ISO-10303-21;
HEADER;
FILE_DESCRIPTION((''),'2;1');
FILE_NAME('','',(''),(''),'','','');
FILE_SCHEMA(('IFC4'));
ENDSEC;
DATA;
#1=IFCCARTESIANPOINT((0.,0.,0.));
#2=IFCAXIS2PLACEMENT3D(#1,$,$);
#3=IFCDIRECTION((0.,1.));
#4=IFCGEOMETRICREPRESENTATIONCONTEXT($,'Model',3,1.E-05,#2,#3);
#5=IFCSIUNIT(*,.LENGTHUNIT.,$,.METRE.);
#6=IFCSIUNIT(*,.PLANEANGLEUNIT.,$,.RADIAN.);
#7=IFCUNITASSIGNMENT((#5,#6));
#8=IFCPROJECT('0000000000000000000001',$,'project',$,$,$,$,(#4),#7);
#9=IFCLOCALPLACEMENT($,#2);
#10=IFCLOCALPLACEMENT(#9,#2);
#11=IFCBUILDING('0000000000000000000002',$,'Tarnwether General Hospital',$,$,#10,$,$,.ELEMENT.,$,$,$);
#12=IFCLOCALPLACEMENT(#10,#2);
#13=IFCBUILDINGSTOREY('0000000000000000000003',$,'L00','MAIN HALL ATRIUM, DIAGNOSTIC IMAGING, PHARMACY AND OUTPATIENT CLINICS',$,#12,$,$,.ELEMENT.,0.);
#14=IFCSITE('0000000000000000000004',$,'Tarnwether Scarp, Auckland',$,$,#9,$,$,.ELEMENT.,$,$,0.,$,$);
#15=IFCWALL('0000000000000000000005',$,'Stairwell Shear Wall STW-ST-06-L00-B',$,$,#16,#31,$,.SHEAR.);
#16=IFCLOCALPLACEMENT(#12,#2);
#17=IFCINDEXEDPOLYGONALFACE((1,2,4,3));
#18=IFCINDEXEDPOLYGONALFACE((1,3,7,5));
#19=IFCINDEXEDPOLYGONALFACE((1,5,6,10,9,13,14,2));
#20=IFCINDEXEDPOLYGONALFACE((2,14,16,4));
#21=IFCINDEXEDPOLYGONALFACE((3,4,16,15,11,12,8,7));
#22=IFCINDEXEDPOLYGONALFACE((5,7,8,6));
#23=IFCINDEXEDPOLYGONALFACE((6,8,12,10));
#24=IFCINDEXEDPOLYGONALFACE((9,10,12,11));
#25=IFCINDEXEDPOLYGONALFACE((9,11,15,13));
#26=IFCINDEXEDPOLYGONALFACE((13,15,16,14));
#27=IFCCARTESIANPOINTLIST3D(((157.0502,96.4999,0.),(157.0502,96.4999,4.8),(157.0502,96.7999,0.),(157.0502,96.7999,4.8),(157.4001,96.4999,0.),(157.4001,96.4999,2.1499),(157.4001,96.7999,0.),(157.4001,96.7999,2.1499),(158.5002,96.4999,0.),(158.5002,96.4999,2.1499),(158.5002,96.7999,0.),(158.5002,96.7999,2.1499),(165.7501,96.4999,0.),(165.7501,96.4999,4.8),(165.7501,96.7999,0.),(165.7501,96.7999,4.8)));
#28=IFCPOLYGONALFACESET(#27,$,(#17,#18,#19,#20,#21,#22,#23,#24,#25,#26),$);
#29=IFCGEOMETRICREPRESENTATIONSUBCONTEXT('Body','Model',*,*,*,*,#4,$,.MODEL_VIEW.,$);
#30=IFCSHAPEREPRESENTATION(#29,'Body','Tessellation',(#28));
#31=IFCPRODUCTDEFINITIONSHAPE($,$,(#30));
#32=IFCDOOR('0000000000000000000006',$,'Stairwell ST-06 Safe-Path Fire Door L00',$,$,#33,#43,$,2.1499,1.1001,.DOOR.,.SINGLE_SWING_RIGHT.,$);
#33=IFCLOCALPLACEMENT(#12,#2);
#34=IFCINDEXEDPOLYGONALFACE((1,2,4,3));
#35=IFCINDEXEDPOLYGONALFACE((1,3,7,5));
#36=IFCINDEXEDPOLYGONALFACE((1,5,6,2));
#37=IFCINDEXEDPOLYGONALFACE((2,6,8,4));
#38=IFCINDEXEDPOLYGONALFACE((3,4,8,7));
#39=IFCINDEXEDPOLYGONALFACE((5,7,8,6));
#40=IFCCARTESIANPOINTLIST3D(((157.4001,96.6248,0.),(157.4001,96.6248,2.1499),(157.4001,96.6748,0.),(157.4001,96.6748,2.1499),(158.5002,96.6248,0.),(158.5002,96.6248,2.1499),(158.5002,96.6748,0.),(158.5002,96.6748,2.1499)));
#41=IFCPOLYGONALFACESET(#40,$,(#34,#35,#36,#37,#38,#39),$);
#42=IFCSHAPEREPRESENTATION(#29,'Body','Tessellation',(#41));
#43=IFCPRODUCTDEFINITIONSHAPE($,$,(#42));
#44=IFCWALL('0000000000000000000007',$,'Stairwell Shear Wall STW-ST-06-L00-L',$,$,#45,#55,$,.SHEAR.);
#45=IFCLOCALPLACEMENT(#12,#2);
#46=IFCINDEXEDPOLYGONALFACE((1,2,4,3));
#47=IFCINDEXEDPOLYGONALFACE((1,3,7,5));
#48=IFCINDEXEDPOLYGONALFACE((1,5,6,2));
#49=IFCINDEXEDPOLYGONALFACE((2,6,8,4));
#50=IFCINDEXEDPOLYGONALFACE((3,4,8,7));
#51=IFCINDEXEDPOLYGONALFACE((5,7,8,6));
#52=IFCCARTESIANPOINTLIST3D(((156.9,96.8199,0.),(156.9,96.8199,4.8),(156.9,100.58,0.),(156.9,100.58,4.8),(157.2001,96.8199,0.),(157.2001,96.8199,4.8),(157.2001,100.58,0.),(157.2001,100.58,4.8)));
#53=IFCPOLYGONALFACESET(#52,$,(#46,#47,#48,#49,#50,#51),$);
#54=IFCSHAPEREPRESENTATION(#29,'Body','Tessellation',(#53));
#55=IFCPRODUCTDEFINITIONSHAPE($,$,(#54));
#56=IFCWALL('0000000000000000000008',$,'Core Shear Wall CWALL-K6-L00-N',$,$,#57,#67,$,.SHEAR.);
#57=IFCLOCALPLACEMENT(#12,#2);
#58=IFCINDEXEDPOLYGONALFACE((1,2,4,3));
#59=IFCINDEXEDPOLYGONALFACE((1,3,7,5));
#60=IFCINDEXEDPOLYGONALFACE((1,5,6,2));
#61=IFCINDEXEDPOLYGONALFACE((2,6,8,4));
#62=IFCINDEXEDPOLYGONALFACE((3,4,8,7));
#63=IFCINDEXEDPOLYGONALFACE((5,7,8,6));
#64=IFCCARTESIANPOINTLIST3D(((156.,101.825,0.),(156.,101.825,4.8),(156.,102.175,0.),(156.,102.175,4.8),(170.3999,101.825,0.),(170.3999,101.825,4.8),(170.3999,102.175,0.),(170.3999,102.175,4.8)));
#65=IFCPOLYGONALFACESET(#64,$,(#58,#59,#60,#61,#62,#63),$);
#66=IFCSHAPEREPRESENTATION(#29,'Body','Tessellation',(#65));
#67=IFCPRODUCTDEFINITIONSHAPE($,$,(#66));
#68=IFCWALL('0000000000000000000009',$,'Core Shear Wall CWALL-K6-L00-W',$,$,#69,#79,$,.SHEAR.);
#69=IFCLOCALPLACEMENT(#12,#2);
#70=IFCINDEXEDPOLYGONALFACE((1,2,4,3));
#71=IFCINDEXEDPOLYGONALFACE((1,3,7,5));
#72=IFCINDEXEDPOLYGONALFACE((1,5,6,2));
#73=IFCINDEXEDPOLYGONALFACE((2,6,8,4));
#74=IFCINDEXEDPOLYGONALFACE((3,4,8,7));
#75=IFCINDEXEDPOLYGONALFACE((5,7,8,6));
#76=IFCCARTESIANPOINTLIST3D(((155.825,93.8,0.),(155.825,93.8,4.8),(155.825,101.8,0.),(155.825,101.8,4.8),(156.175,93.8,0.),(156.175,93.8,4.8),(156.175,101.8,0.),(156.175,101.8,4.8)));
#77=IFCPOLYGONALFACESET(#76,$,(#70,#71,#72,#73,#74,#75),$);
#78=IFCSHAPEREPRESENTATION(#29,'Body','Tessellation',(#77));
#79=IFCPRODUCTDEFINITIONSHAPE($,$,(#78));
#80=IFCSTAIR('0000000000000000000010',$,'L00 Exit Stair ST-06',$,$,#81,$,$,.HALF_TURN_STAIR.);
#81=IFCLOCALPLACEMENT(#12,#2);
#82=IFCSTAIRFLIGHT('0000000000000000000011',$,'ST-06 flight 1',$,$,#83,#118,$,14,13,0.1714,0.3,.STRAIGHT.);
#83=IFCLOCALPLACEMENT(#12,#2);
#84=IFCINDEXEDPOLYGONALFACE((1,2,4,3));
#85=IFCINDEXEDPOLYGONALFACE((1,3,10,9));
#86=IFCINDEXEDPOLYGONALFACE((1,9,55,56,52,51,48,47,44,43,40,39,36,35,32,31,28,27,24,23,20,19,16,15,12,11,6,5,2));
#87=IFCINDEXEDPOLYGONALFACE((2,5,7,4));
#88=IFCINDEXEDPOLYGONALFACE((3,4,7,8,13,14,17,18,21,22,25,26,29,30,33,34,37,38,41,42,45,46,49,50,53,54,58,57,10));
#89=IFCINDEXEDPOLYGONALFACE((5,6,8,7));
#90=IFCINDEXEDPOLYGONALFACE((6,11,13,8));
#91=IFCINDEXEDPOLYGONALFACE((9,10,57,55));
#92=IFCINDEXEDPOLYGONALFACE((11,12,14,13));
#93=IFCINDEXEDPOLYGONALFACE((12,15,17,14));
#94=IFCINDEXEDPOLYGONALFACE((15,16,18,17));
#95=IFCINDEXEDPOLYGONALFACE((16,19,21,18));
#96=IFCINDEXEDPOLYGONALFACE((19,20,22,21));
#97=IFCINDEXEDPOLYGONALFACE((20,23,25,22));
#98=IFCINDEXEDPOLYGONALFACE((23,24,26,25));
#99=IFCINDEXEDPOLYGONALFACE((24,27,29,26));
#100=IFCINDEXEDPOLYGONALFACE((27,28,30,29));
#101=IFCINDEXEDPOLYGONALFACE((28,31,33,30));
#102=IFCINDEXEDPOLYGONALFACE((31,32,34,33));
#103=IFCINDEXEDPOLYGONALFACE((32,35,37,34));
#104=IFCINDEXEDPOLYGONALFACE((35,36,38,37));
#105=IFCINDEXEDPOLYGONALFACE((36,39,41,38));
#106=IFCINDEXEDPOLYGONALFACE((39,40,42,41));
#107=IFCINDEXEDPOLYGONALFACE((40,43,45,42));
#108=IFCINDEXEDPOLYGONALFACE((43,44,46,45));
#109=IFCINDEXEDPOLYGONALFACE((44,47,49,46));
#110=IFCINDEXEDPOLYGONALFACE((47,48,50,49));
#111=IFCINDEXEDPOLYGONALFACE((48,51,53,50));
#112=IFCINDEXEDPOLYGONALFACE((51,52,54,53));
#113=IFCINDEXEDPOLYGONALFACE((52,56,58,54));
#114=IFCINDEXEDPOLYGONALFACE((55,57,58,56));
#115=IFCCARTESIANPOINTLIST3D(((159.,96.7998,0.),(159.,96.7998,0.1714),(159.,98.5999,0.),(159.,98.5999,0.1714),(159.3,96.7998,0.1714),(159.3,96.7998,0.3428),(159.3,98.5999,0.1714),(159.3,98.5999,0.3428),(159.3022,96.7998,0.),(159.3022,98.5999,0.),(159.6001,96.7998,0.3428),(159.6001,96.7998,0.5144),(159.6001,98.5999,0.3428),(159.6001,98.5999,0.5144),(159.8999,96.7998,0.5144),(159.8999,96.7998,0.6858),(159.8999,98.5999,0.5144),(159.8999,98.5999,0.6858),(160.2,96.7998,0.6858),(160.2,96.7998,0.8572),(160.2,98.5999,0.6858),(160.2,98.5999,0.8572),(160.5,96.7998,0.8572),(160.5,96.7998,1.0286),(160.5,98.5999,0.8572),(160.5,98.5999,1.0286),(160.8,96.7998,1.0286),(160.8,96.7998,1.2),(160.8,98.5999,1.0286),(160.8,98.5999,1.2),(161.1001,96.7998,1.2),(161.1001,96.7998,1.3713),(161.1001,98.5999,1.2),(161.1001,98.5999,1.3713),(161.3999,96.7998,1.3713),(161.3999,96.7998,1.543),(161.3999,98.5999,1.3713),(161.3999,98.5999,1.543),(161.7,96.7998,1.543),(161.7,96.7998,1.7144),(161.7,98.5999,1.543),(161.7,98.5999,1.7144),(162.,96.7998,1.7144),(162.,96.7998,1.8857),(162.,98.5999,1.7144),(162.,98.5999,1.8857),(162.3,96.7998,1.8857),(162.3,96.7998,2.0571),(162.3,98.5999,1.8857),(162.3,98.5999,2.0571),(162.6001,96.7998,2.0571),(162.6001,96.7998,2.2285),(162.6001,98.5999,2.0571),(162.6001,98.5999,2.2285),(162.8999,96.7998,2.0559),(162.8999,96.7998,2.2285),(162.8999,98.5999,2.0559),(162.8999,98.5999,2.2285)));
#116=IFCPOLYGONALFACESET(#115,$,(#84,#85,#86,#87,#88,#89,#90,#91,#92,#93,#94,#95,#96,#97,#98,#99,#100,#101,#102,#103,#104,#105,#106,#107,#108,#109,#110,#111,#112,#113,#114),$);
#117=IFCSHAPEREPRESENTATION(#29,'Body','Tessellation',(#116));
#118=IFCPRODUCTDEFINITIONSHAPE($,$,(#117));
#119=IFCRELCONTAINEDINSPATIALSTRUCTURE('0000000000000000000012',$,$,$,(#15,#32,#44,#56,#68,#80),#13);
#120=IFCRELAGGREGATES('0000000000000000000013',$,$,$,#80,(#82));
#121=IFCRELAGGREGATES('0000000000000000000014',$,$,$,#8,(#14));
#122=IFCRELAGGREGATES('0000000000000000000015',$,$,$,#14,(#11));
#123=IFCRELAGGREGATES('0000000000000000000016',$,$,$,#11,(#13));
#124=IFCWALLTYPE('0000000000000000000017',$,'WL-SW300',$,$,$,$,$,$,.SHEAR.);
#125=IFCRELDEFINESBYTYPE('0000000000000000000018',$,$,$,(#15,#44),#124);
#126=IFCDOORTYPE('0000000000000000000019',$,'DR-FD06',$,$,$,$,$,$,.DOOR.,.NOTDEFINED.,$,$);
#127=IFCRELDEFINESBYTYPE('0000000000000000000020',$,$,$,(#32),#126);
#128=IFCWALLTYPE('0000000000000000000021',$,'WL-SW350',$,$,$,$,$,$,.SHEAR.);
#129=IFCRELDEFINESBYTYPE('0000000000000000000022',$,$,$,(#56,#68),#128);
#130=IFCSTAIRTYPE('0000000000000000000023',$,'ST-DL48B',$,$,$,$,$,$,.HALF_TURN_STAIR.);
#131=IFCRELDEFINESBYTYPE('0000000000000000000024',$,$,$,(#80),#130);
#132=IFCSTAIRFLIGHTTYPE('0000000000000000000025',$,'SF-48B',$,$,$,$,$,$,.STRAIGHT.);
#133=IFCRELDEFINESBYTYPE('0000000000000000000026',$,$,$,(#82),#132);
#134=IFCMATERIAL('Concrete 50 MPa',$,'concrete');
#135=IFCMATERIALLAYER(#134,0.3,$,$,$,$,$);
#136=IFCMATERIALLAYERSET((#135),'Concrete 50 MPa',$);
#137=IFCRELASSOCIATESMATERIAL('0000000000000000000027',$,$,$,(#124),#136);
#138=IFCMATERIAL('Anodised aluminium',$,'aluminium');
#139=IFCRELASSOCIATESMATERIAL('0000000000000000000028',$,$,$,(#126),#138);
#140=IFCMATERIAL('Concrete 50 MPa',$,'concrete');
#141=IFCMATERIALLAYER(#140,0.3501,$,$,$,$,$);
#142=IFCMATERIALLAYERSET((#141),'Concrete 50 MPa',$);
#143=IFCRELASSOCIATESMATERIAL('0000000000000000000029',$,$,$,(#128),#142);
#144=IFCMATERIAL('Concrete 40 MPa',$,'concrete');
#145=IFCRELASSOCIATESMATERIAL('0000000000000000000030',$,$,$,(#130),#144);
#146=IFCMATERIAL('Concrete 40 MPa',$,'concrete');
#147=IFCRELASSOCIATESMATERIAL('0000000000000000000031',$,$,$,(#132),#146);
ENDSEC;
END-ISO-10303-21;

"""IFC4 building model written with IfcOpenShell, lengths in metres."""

from ifc_helpers import new_model, si_unit, direction, frame, frame_2d, origin, place, context, subcontext, project, spatial, polyline, rectangle, outline, extrude, material, layer, layer_set, type_object, element, fill, aggregate, save


model = new_model("IFC4")

# Units and contexts
model_context = context("Model", 3, precision=1e-05, world=origin(), true_north=direction((0.0, 1.0)))
body_context = subcontext(model_context, "Body", "Model", "MODEL_VIEW")
ifc_project = project(units=[si_unit("LENGTHUNIT", "METRE"), si_unit("PLANEANGLEUNIT", "RADIAN")], contexts=[model_context])

# Site, building, storey
site_placement = place(None, origin())
site = spatial("IfcSite", under=ifc_project, at=site_placement, Name="Tarnwether Scarp, Auckland", CompositionType="ELEMENT", RefElevation=0.0)
building_placement = place(site_placement, origin())
building = spatial("IfcBuilding", under=site, at=building_placement, Name="Tarnwether General Hospital", CompositionType="ELEMENT")
storey_placement = place(building_placement, origin())
storey = spatial("IfcBuildingStorey", under=building, at=storey_placement, Name="L00", Description="MAIN HALL ATRIUM, DIAGNOSTIC IMAGING, PHARMACY AND OUTPATIENT CLINICS", CompositionType="ELEMENT", Elevation=0.0)

# Wall, opening, door
ifc_material_1 = material(Name="Concrete 50 MPa", Category="concrete")
ifc_layer_1 = layer(ifc_material_1, 0.3)
ifc_layer_set_1 = layer_set([ifc_layer_1], Name="Concrete 50 MPa")
wall_type_1 = type_object("IfcWallType", Name="WL-SW300", PredefinedType="SHEAR", material=ifc_layer_set_1)
wall_1_placement = place(storey_placement, frame((157.05, 96.6499, 0.0), z_axis=(0.0, 0.0, 1.0), x_axis=(1.0, 0.0, 0.0)))
wall_1 = element("IfcWall", 1, at=wall_1_placement, inside=storey, type_object=wall_type_1, Name="Stairwell Shear Wall STW-ST-06-L00-B", PredefinedType="SHEAR", context=body_context, shape_type="SweptSolid", body=[
    extrude(rectangle(XDim=8.7, YDim=0.3, at=frame_2d((4.3501, 0.0))), origin(), (0.0, 0.0, 1.0), 4.8),
])
opening_placement = place(wall_1_placement, frame((0.3501, 0.0, 0.0)))
opening = element("IfcOpeningElement", 2, at=opening_placement, cuts=wall_1, PredefinedType="OPENING", context=body_context, shape_type="SweptSolid", body=[
    extrude(rectangle(XDim=1.1001, YDim=2.1499, at=frame_2d((0.55, 1.075))), frame((0.0, 0.1602, 0.0), z_axis=(0.0, -1.0, 0.0), x_axis=(1.0, 0.0, 0.0)), (0.0, 0.0, 1.0), 0.3201),
])
ifc_material_2 = material(Name="Anodised aluminium", Category="aluminium")
door_type = type_object("IfcDoorType", Name="DR-FD06", OperationType="NOTDEFINED", PredefinedType="DOOR", material=ifc_material_2)
door_placement = place(opening_placement, origin())
door = element("IfcDoor", 3, at=door_placement, inside=storey, type_object=door_type, Name="Stairwell ST-06 Safe-Path Fire Door L00", OperationType="SINGLE_SWING_RIGHT", OverallHeight=2.1499, OverallWidth=1.1001, PredefinedType="DOOR", context=body_context, shape_type="SweptSolid", body=[
    extrude(rectangle(XDim=1.1001, YDim=2.1499, at=frame_2d((0.55, 1.075))), frame((0.0, 0.0249, 0.0), z_axis=(0.0, -1.0, 0.0), x_axis=(1.0, 0.0, 0.0)), (0.0, 0.0, 1.0), 0.05),
])
fill(opening, door)

# Walls
wall_2_placement = place(storey_placement, frame((157.05, 96.8201, 0.0), z_axis=(0.0, 0.0, 1.0), x_axis=(0.0, 1.0, 0.0)))
element("IfcWall", 4, at=wall_2_placement, inside=storey, type_object=wall_type_1, Name="Stairwell Shear Wall STW-ST-06-L00-L", PredefinedType="SHEAR", context=body_context, shape_type="SweptSolid", body=[
    extrude(rectangle(XDim=3.76, YDim=0.3, at=frame_2d((1.8799, 0.0))), origin(), (0.0, 0.0, 1.0), 4.8),
])
ifc_material_3 = material(Name="Concrete 50 MPa", Category="concrete")
ifc_layer_2 = layer(ifc_material_3, 0.3501)
ifc_layer_set_2 = layer_set([ifc_layer_2], Name="Concrete 50 MPa")
wall_type_2 = type_object("IfcWallType", Name="WL-SW350", PredefinedType="SHEAR", material=ifc_layer_set_2)
wall_3_placement = place(storey_placement, frame((156.0, 102.0, 0.0), z_axis=(0.0, 0.0, 1.0), x_axis=(1.0, 0.0, 0.0)))
element("IfcWall", 5, at=wall_3_placement, inside=storey, type_object=wall_type_2, Name="Core Shear Wall CWALL-K6-L00-N", PredefinedType="SHEAR", context=body_context, shape_type="SweptSolid", body=[
    extrude(rectangle(XDim=14.3999, YDim=0.3501, at=frame_2d((7.2, 0.0))), origin(), (0.0, 0.0, 1.0), 4.8),
])
wall_4_placement = place(storey_placement, frame((156.0, 93.8, 0.0), z_axis=(0.0, 0.0, 1.0), x_axis=(0.0, 1.0, 0.0)))
element("IfcWall", 6, at=wall_4_placement, inside=storey, type_object=wall_type_2, Name="Core Shear Wall CWALL-K6-L00-W", PredefinedType="SHEAR", context=body_context, shape_type="SweptSolid", body=[
    extrude(rectangle(XDim=8.0, YDim=0.3501, at=frame_2d((4.0, 0.0))), origin(), (0.0, 0.0, 1.0), 4.8),
])

# Stair, stair flight
ifc_material_4 = material(Name="Concrete 40 MPa", Category="concrete")
stair_type = type_object("IfcStairType", Name="ST-DL48B", PredefinedType="HALF_TURN_STAIR", material=ifc_material_4)
stair_placement = place(storey_placement, origin())
stair = element("IfcStair", 7, at=stair_placement, inside=storey, type_object=stair_type, Name="L00 Exit Stair ST-06", PredefinedType="HALF_TURN_STAIR")
ifc_material_5 = material(Name="Concrete 40 MPa", Category="concrete")
stair_flight_type = type_object("IfcStairFlightType", Name="SF-48B", PredefinedType="STRAIGHT", material=ifc_material_5)
stair_flight_placement = place(storey_placement, frame((159.0, 97.7, 0.0), z_axis=(0.0, 0.0, 1.0), x_axis=(1.0, 0.0, 0.0)))
stair_flight = element("IfcStairFlight", 8, at=stair_flight_placement, type_object=stair_flight_type, Name="ST-06 flight 1", NumberOfRisers=14, NumberOfTreads=13, PredefinedType="STRAIGHT", RiserHeight=0.1714, TreadLength=0.3, context=body_context, shape_type="SweptSolid", body=[
    extrude(outline(polyline([(0.0, 0.0), (0.0, 0.1714), (0.3, 0.1714), (0.3, 0.3428), (0.6001, 0.3428), (0.6001, 0.5144), (0.8999, 0.5144), (0.8999, 0.6858), (1.2, 0.6858), (1.2, 0.8572), (1.5, 0.8572), (1.5, 1.0286), (1.8, 1.0286), (1.8, 1.2), (2.1001, 1.2), (2.1001, 1.3713), (2.3999, 1.3713), (2.3999, 1.543), (2.7, 1.543), (2.7, 1.7144), (3.0, 1.7144), (3.0, 1.8857), (3.3, 1.8857), (3.3, 2.0571), (3.6001, 2.0571), (3.6001, 2.2285), (3.8999, 2.2285), (3.8999, 2.3999), (3.8999, 2.0559), (0.3022, 0.0), (0.0, 0.0)])), frame((0.0, 0.8999, 0.0), z_axis=(0.0, -1.0, 0.0), x_axis=(1.0, 0.0, 0.0)), (0.0, 0.0, 1.0), 1.8),
])
aggregate(stair, [stair_flight])

save(model, "model.ifc")
